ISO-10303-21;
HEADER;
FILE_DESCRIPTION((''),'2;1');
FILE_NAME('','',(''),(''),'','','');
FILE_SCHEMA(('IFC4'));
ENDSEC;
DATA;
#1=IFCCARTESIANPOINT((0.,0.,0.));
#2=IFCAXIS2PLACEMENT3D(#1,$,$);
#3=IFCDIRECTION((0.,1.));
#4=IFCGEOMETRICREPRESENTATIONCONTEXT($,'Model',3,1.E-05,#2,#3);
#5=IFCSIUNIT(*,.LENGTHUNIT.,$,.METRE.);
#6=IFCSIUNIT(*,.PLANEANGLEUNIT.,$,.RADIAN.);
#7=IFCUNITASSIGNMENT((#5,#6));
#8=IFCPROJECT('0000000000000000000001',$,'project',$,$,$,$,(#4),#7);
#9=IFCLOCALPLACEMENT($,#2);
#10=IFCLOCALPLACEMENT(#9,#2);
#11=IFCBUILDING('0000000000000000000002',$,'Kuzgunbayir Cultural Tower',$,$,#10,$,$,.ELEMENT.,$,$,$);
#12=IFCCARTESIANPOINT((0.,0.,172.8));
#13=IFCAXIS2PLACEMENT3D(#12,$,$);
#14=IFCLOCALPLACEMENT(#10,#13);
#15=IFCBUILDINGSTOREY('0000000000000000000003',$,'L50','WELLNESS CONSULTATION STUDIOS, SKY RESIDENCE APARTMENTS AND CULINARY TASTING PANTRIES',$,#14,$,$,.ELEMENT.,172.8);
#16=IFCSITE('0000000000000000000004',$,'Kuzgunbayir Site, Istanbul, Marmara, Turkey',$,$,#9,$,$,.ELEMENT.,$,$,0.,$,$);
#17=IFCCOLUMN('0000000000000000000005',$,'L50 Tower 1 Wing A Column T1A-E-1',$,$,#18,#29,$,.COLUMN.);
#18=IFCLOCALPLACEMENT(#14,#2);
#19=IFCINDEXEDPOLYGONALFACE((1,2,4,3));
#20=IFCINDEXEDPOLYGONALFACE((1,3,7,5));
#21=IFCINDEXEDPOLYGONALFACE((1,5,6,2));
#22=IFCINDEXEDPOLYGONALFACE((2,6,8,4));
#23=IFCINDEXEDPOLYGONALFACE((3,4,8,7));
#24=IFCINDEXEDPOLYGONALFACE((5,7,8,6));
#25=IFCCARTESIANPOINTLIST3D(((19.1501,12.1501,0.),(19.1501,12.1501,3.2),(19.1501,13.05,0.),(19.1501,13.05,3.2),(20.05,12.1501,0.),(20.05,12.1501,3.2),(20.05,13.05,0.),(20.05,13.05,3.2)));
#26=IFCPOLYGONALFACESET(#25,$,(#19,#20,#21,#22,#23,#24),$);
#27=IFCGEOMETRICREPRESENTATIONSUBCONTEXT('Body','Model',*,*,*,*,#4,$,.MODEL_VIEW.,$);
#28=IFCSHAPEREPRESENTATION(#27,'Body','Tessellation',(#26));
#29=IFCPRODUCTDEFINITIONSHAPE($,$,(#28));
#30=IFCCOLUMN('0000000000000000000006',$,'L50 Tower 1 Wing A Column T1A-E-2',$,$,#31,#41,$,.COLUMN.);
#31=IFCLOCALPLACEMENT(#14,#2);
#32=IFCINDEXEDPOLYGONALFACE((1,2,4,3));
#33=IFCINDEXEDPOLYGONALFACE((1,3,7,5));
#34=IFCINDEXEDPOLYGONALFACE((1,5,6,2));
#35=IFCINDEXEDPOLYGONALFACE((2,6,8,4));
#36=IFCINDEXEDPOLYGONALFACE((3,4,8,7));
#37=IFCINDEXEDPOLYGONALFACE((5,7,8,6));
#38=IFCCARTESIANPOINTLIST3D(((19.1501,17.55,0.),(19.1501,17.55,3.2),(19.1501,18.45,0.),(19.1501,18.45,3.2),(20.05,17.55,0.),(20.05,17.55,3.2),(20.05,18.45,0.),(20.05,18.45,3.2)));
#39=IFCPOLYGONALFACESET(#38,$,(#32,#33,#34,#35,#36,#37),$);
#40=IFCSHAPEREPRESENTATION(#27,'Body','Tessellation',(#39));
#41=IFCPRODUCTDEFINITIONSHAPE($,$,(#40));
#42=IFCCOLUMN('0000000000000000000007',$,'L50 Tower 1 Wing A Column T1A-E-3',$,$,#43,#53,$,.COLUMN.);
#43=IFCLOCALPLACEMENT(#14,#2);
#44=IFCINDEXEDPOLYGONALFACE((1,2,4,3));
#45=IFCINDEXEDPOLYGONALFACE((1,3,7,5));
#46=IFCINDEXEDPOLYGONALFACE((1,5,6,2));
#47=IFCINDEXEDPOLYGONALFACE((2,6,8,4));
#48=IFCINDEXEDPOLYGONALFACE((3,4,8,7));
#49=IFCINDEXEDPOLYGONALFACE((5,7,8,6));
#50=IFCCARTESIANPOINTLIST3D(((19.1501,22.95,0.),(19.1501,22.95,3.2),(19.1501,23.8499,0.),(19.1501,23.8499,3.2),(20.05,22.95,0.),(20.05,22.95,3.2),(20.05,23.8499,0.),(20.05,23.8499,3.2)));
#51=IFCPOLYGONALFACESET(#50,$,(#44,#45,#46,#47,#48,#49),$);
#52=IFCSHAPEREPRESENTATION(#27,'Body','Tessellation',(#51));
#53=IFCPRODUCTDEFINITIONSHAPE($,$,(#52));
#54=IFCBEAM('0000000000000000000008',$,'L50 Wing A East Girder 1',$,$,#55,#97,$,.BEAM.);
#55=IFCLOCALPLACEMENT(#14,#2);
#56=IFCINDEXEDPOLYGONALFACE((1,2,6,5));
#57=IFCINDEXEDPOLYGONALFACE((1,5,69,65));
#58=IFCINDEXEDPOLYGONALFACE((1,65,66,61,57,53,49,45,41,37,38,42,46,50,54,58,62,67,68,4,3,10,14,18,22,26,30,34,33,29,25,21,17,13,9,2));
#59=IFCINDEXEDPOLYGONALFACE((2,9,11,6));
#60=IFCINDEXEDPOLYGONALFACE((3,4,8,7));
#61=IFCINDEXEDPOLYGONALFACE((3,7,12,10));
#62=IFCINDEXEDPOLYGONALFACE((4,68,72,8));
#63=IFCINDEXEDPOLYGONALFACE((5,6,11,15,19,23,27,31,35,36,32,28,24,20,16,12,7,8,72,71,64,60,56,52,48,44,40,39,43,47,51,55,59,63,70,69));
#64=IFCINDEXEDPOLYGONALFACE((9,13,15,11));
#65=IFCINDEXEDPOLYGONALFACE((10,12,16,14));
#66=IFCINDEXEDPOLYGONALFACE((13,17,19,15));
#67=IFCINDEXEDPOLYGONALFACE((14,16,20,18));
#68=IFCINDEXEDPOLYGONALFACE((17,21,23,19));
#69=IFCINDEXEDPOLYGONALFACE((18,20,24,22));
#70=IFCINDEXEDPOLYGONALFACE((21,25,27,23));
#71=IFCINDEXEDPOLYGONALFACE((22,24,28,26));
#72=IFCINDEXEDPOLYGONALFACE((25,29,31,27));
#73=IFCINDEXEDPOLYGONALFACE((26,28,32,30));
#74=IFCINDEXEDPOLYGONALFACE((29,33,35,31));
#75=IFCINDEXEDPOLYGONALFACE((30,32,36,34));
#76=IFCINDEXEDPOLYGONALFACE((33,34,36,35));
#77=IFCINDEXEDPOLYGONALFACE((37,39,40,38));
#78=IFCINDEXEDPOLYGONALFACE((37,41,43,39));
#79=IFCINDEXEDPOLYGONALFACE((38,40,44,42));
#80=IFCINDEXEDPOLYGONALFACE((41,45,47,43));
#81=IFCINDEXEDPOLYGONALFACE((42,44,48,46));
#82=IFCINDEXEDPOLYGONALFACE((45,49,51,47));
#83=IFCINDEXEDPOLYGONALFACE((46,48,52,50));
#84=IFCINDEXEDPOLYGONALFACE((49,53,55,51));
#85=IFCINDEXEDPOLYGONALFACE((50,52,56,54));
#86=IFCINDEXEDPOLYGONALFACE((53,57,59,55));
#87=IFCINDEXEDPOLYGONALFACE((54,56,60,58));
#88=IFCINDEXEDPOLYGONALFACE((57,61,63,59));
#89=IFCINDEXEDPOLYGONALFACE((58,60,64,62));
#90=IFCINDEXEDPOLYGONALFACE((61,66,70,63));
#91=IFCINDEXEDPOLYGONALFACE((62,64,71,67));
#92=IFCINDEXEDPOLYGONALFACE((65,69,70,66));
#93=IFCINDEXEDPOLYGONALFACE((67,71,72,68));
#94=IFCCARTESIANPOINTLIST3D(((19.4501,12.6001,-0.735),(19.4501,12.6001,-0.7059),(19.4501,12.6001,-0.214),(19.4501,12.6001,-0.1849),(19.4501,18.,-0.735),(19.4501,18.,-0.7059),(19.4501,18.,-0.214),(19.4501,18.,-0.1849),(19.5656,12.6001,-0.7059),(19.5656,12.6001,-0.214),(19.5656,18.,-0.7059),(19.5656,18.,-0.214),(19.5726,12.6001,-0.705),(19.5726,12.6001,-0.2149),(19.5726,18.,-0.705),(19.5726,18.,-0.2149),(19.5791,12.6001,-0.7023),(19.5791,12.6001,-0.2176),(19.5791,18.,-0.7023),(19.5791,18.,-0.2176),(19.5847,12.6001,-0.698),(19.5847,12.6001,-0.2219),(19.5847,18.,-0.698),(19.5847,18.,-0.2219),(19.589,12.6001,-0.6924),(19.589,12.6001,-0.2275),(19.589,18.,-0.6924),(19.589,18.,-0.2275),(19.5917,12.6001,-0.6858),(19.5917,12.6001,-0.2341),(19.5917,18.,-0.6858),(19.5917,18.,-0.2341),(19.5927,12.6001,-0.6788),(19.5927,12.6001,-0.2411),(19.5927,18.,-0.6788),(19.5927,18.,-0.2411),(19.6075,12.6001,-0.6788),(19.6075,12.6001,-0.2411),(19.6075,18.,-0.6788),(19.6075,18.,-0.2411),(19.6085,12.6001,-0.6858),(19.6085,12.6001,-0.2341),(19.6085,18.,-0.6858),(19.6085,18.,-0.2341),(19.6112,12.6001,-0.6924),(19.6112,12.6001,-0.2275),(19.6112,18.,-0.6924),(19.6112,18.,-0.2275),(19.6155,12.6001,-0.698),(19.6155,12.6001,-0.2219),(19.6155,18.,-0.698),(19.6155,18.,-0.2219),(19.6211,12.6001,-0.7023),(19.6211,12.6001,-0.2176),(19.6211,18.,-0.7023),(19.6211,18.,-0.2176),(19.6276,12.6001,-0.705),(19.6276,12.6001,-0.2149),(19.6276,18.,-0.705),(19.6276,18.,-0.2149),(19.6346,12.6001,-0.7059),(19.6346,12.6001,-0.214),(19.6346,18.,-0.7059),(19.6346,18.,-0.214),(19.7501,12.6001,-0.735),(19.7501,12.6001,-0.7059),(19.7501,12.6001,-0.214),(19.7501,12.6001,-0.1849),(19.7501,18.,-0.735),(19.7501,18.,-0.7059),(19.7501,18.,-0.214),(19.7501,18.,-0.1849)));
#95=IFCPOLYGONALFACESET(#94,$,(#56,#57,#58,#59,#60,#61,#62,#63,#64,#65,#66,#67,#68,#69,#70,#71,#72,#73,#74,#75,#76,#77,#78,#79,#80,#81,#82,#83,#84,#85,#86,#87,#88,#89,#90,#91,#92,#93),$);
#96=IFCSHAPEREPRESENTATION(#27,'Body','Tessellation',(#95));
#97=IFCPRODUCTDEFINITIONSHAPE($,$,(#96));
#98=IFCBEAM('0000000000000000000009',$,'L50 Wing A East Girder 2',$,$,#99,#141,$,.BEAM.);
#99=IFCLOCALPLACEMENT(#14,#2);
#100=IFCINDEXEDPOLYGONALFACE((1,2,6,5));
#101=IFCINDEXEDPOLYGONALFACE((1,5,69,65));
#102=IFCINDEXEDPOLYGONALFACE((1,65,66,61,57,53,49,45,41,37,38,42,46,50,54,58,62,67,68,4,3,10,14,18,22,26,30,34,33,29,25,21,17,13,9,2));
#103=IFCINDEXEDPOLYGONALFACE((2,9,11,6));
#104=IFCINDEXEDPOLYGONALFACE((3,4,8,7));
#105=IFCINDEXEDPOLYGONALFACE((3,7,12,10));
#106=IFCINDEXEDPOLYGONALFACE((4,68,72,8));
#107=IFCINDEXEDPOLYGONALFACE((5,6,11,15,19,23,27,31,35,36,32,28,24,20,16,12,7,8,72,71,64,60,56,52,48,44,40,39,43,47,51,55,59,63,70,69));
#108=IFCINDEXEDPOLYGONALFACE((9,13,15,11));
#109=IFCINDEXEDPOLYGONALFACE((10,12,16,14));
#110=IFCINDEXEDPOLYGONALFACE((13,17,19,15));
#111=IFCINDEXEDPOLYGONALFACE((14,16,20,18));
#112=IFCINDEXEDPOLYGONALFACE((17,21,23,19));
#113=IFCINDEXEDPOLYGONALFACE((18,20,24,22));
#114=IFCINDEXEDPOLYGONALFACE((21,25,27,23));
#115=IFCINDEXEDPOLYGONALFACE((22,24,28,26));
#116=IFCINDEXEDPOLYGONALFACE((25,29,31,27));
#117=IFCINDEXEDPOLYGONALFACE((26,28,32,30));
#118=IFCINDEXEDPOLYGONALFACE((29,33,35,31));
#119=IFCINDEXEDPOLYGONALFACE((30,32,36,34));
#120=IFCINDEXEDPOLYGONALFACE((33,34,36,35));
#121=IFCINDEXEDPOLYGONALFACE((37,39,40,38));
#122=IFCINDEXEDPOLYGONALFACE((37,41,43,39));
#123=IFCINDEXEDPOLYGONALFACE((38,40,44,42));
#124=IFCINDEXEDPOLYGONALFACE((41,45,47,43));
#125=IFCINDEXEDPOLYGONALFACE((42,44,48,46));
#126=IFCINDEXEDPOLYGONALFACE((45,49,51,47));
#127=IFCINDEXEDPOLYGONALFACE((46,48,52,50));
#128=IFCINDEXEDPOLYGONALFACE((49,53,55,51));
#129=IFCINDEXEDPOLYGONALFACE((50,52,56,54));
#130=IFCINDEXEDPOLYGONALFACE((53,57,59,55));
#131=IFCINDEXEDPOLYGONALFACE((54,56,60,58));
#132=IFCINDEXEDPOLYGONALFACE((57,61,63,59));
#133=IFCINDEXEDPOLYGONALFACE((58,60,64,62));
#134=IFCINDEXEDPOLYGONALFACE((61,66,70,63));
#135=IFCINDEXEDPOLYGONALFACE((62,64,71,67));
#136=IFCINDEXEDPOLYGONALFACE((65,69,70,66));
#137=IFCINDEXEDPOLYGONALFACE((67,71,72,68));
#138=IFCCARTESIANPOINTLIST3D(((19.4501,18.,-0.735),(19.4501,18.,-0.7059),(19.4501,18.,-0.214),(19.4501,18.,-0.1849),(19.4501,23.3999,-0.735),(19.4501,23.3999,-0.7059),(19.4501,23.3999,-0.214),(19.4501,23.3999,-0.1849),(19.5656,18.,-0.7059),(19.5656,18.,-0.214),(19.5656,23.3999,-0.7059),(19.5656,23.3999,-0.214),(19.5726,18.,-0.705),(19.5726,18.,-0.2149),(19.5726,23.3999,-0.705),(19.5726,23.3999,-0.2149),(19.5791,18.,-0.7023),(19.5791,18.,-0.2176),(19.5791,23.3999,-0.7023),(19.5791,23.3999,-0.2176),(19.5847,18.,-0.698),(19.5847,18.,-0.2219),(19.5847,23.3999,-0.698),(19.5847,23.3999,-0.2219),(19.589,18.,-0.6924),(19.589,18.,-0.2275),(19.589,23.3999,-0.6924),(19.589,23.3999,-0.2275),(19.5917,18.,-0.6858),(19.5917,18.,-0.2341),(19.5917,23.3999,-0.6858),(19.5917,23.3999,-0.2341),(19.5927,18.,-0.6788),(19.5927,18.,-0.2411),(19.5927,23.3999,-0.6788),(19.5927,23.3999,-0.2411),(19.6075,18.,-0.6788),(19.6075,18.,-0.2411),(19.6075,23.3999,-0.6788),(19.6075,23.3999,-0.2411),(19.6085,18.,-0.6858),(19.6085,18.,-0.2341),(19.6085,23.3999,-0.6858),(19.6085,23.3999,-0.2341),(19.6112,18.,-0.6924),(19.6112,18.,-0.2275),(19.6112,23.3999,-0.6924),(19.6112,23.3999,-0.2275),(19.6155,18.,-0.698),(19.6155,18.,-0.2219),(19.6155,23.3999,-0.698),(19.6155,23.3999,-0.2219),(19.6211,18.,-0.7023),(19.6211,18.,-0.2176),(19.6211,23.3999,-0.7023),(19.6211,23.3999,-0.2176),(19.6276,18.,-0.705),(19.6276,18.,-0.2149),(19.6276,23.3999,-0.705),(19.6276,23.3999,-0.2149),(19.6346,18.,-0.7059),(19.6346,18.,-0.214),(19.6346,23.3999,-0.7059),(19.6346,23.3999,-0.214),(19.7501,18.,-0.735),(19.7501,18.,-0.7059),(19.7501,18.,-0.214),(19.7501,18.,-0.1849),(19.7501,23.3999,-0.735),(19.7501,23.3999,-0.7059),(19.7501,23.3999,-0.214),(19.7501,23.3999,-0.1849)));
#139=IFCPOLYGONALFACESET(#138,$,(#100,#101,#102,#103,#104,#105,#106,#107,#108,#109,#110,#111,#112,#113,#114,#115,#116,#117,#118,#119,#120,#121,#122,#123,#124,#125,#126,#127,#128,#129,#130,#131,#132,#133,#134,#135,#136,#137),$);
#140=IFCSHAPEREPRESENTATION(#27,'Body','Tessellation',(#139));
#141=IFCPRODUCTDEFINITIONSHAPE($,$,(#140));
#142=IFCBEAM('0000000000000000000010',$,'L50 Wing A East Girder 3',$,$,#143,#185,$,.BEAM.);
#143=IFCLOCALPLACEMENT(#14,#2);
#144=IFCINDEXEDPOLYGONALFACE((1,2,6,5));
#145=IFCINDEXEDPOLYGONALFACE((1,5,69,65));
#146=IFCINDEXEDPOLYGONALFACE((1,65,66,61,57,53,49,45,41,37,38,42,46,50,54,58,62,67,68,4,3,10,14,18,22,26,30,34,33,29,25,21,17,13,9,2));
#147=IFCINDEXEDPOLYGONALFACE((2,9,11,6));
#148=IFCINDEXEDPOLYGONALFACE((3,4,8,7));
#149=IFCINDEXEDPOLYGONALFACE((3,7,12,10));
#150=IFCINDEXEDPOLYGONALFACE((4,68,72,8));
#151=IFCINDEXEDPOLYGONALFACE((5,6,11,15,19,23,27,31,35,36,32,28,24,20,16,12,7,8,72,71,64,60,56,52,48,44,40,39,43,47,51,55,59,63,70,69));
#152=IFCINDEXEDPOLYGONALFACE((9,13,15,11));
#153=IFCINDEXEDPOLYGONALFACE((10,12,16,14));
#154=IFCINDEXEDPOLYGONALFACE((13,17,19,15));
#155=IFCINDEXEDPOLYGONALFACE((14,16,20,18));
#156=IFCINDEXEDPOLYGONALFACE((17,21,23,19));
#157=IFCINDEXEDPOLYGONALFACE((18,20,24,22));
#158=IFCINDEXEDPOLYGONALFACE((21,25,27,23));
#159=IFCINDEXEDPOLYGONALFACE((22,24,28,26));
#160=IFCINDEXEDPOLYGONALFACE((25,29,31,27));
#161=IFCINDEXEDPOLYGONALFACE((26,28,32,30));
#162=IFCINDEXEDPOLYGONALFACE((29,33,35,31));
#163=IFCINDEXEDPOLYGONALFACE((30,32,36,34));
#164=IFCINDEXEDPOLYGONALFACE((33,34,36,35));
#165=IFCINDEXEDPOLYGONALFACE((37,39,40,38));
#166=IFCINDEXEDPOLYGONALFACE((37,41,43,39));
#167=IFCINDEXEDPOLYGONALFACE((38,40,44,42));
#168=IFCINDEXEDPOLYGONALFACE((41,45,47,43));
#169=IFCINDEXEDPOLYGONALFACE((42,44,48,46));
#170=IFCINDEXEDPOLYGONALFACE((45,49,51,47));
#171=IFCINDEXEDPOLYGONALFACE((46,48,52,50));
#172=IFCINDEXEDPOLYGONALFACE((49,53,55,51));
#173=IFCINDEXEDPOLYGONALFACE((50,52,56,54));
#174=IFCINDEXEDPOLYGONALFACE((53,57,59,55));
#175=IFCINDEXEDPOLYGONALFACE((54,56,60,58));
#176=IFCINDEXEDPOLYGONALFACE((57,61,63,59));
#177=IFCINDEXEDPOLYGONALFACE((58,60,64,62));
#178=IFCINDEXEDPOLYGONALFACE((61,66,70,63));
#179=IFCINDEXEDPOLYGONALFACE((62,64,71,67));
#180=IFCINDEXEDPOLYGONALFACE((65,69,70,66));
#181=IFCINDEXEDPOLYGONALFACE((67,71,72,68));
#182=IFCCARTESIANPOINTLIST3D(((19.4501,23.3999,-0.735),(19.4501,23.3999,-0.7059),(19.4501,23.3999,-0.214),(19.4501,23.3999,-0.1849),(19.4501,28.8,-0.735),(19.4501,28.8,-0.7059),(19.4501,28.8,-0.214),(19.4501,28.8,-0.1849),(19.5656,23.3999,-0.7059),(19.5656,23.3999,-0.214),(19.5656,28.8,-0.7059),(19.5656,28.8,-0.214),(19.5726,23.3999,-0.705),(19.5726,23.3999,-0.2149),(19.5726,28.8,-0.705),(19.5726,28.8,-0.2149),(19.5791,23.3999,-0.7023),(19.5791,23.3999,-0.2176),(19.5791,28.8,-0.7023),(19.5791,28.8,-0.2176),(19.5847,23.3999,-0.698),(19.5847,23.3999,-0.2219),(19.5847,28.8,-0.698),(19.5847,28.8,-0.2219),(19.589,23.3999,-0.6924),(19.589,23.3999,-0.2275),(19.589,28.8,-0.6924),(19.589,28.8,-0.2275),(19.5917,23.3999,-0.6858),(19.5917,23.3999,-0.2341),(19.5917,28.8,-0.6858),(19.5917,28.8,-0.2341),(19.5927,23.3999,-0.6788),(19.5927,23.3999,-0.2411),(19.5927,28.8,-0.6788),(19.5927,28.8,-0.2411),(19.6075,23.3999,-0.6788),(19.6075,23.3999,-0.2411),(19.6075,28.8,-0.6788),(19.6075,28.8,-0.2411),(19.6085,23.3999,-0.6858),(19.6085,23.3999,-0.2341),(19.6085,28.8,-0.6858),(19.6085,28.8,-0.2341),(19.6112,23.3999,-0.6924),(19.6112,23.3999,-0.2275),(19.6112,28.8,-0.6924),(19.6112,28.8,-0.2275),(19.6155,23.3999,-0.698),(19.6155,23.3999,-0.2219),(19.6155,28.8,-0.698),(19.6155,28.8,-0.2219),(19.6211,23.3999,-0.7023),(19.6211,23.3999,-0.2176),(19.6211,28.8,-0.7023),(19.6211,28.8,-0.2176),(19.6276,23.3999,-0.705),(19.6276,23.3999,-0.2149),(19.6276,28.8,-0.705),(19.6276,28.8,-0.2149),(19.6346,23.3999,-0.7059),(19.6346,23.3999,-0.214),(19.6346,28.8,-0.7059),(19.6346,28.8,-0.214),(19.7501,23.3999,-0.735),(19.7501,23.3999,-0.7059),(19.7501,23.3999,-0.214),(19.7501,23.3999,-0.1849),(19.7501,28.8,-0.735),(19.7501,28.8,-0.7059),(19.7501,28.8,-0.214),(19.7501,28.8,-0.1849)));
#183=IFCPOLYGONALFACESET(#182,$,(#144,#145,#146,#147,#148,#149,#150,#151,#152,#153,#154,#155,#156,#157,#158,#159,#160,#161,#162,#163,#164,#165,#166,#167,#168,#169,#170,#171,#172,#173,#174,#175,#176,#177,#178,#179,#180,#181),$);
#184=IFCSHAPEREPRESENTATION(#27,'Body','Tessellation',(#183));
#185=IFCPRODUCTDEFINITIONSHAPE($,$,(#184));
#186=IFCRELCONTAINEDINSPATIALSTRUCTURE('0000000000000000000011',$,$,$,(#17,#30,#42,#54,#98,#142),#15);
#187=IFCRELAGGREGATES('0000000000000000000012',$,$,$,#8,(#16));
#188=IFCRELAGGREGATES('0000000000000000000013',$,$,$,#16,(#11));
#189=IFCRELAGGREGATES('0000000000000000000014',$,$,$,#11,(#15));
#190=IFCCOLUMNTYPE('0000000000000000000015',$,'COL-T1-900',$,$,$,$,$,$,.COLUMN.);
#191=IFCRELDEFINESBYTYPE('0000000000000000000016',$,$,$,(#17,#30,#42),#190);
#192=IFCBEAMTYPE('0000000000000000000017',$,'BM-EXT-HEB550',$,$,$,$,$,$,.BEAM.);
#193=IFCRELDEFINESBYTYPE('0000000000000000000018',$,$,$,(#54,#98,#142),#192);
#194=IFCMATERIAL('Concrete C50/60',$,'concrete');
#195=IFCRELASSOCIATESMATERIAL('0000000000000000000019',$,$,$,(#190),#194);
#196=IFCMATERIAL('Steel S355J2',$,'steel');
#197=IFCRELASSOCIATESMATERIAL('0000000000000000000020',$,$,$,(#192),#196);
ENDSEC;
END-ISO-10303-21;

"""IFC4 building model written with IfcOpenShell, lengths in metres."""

from ifc_helpers import new_model, si_unit, direction, frame, origin, origin_2d, place, context, subcontext, project, spatial, rectangle, i_section, extrude, material, material_profile, profile_set, type_object, element, save


model = new_model("IFC4")

# Units and contexts
model_context = context("Model", 3, precision=1e-05, world=origin(), true_north=direction((0.0, 1.0)))
body_context = subcontext(model_context, "Body", "Model", "MODEL_VIEW")
ifc_project = project(units=[si_unit("LENGTHUNIT", "METRE"), si_unit("PLANEANGLEUNIT", "RADIAN")], contexts=[model_context])

# Site, building, storey
site_placement = place(None, origin())
site = spatial("IfcSite", under=ifc_project, at=site_placement, Name="Kuzgunbayir Site, Istanbul, Marmara, Turkey", CompositionType="ELEMENT", RefElevation=0.0)
building_placement = place(site_placement, origin())
building = spatial("IfcBuilding", under=site, at=building_placement, Name="Kuzgunbayir Cultural Tower", CompositionType="ELEMENT")
storey_placement = place(building_placement, frame((0.0, 0.0, 172.8)))
storey = spatial("IfcBuildingStorey", under=building, at=storey_placement, Name="L50", Description="WELLNESS CONSULTATION STUDIOS, SKY RESIDENCE APARTMENTS AND CULINARY TASTING PANTRIES", CompositionType="ELEMENT", Elevation=172.8)

# Columns
ifc_material_1 = material(Name="Concrete C50/60", Category="concrete")
ifc_material_profile_1 = material_profile(ifc_material_1, rectangle(XDim=0.8999, YDim=0.8999, at=origin_2d()), Name="RC 900x900")
ifc_profile_set_1 = profile_set([ifc_material_profile_1], Name="Concrete C50/60")
column_type = type_object("IfcColumnType", Name="COL-T1-900", PredefinedType="COLUMN", material=ifc_profile_set_1)
for number, where, z_axis, x_axis, name in (
    (1, (19.6001, 12.6001, 0.0), (0.0, 0.0, 1.0), (1.0, 0.0, 0.0), "L50 Tower 1 Wing A Column T1A-E-1"),
    (2, (19.6001, 18.0, 0.0), (0.0, 0.0, 1.0), (1.0, 0.0, 0.0), "L50 Tower 1 Wing A Column T1A-E-2"),
    (3, (19.6001, 23.3999, 0.0), (0.0, 0.0, 1.0), (1.0, 0.0, 0.0), "L50 Tower 1 Wing A Column T1A-E-3"),
):
    element("IfcColumn", number, at=place(storey_placement, frame(where, z_axis=z_axis, x_axis=x_axis)), inside=storey, type_object=column_type, Name=name, PredefinedType="COLUMN", context=body_context, shape_type="SweptSolid", body=[
        extrude(rectangle(XDim=0.8999, YDim=0.8999, at=origin_2d()), origin(), (0.0, 0.0, 1.0), 3.2),
    ])

# Beams
ifc_material_2 = material(Name="Steel S355J2", Category="steel")
ifc_material_profile_2 = material_profile(ifc_material_2, i_section(OverallWidth=0.3, OverallDepth=0.55, WebThickness=0.0149, FlangeThickness=0.0291, FilletRadius=0.0271, at=origin_2d()), Name="HEB 550")
ifc_profile_set_2 = profile_set([ifc_material_profile_2], Name="Steel S355J2")
beam_type = type_object("IfcBeamType", Name="BM-EXT-HEB550", PredefinedType="BEAM", material=ifc_profile_set_2)
for number, where, z_axis, x_axis, name in (
    (4, (19.6001, 12.6001, -0.46), (0.0, 1.0, 0.0), (-1.0, 0.0, 0.0), "L50 Wing A East Girder 1"),
    (5, (19.6001, 18.0, -0.46), (0.0, 1.0, 0.0), (-1.0, 0.0, 0.0), "L50 Wing A East Girder 2"),
):
    element("IfcBeam", number, at=place(storey_placement, frame(where, z_axis=z_axis, x_axis=x_axis)), inside=storey, type_object=beam_type, Name=name, PredefinedType="BEAM", context=body_context, shape_type="SweptSolid", body=[
        extrude(i_section(OverallWidth=0.3, OverallDepth=0.55, WebThickness=0.0149, FlangeThickness=0.0291, FilletRadius=0.0271, at=origin_2d()), origin(), (0.0, 0.0, 1.0), 5.3999),
    ])
beam_placement = place(storey_placement, frame((19.6001, 23.3999, -0.46), z_axis=(0.0, 1.0, 0.0), x_axis=(-1.0, 0.0, 0.0)))
element("IfcBeam", 6, at=beam_placement, inside=storey, type_object=beam_type, Name="L50 Wing A East Girder 3", PredefinedType="BEAM", context=body_context, shape_type="SweptSolid", body=[
    extrude(i_section(OverallWidth=0.3, OverallDepth=0.55, WebThickness=0.0149, FlangeThickness=0.0291, FilletRadius=0.0271, at=origin_2d()), origin(), (0.0, 0.0, 1.0), 5.4001),
])

save(model, "model.ifc")
